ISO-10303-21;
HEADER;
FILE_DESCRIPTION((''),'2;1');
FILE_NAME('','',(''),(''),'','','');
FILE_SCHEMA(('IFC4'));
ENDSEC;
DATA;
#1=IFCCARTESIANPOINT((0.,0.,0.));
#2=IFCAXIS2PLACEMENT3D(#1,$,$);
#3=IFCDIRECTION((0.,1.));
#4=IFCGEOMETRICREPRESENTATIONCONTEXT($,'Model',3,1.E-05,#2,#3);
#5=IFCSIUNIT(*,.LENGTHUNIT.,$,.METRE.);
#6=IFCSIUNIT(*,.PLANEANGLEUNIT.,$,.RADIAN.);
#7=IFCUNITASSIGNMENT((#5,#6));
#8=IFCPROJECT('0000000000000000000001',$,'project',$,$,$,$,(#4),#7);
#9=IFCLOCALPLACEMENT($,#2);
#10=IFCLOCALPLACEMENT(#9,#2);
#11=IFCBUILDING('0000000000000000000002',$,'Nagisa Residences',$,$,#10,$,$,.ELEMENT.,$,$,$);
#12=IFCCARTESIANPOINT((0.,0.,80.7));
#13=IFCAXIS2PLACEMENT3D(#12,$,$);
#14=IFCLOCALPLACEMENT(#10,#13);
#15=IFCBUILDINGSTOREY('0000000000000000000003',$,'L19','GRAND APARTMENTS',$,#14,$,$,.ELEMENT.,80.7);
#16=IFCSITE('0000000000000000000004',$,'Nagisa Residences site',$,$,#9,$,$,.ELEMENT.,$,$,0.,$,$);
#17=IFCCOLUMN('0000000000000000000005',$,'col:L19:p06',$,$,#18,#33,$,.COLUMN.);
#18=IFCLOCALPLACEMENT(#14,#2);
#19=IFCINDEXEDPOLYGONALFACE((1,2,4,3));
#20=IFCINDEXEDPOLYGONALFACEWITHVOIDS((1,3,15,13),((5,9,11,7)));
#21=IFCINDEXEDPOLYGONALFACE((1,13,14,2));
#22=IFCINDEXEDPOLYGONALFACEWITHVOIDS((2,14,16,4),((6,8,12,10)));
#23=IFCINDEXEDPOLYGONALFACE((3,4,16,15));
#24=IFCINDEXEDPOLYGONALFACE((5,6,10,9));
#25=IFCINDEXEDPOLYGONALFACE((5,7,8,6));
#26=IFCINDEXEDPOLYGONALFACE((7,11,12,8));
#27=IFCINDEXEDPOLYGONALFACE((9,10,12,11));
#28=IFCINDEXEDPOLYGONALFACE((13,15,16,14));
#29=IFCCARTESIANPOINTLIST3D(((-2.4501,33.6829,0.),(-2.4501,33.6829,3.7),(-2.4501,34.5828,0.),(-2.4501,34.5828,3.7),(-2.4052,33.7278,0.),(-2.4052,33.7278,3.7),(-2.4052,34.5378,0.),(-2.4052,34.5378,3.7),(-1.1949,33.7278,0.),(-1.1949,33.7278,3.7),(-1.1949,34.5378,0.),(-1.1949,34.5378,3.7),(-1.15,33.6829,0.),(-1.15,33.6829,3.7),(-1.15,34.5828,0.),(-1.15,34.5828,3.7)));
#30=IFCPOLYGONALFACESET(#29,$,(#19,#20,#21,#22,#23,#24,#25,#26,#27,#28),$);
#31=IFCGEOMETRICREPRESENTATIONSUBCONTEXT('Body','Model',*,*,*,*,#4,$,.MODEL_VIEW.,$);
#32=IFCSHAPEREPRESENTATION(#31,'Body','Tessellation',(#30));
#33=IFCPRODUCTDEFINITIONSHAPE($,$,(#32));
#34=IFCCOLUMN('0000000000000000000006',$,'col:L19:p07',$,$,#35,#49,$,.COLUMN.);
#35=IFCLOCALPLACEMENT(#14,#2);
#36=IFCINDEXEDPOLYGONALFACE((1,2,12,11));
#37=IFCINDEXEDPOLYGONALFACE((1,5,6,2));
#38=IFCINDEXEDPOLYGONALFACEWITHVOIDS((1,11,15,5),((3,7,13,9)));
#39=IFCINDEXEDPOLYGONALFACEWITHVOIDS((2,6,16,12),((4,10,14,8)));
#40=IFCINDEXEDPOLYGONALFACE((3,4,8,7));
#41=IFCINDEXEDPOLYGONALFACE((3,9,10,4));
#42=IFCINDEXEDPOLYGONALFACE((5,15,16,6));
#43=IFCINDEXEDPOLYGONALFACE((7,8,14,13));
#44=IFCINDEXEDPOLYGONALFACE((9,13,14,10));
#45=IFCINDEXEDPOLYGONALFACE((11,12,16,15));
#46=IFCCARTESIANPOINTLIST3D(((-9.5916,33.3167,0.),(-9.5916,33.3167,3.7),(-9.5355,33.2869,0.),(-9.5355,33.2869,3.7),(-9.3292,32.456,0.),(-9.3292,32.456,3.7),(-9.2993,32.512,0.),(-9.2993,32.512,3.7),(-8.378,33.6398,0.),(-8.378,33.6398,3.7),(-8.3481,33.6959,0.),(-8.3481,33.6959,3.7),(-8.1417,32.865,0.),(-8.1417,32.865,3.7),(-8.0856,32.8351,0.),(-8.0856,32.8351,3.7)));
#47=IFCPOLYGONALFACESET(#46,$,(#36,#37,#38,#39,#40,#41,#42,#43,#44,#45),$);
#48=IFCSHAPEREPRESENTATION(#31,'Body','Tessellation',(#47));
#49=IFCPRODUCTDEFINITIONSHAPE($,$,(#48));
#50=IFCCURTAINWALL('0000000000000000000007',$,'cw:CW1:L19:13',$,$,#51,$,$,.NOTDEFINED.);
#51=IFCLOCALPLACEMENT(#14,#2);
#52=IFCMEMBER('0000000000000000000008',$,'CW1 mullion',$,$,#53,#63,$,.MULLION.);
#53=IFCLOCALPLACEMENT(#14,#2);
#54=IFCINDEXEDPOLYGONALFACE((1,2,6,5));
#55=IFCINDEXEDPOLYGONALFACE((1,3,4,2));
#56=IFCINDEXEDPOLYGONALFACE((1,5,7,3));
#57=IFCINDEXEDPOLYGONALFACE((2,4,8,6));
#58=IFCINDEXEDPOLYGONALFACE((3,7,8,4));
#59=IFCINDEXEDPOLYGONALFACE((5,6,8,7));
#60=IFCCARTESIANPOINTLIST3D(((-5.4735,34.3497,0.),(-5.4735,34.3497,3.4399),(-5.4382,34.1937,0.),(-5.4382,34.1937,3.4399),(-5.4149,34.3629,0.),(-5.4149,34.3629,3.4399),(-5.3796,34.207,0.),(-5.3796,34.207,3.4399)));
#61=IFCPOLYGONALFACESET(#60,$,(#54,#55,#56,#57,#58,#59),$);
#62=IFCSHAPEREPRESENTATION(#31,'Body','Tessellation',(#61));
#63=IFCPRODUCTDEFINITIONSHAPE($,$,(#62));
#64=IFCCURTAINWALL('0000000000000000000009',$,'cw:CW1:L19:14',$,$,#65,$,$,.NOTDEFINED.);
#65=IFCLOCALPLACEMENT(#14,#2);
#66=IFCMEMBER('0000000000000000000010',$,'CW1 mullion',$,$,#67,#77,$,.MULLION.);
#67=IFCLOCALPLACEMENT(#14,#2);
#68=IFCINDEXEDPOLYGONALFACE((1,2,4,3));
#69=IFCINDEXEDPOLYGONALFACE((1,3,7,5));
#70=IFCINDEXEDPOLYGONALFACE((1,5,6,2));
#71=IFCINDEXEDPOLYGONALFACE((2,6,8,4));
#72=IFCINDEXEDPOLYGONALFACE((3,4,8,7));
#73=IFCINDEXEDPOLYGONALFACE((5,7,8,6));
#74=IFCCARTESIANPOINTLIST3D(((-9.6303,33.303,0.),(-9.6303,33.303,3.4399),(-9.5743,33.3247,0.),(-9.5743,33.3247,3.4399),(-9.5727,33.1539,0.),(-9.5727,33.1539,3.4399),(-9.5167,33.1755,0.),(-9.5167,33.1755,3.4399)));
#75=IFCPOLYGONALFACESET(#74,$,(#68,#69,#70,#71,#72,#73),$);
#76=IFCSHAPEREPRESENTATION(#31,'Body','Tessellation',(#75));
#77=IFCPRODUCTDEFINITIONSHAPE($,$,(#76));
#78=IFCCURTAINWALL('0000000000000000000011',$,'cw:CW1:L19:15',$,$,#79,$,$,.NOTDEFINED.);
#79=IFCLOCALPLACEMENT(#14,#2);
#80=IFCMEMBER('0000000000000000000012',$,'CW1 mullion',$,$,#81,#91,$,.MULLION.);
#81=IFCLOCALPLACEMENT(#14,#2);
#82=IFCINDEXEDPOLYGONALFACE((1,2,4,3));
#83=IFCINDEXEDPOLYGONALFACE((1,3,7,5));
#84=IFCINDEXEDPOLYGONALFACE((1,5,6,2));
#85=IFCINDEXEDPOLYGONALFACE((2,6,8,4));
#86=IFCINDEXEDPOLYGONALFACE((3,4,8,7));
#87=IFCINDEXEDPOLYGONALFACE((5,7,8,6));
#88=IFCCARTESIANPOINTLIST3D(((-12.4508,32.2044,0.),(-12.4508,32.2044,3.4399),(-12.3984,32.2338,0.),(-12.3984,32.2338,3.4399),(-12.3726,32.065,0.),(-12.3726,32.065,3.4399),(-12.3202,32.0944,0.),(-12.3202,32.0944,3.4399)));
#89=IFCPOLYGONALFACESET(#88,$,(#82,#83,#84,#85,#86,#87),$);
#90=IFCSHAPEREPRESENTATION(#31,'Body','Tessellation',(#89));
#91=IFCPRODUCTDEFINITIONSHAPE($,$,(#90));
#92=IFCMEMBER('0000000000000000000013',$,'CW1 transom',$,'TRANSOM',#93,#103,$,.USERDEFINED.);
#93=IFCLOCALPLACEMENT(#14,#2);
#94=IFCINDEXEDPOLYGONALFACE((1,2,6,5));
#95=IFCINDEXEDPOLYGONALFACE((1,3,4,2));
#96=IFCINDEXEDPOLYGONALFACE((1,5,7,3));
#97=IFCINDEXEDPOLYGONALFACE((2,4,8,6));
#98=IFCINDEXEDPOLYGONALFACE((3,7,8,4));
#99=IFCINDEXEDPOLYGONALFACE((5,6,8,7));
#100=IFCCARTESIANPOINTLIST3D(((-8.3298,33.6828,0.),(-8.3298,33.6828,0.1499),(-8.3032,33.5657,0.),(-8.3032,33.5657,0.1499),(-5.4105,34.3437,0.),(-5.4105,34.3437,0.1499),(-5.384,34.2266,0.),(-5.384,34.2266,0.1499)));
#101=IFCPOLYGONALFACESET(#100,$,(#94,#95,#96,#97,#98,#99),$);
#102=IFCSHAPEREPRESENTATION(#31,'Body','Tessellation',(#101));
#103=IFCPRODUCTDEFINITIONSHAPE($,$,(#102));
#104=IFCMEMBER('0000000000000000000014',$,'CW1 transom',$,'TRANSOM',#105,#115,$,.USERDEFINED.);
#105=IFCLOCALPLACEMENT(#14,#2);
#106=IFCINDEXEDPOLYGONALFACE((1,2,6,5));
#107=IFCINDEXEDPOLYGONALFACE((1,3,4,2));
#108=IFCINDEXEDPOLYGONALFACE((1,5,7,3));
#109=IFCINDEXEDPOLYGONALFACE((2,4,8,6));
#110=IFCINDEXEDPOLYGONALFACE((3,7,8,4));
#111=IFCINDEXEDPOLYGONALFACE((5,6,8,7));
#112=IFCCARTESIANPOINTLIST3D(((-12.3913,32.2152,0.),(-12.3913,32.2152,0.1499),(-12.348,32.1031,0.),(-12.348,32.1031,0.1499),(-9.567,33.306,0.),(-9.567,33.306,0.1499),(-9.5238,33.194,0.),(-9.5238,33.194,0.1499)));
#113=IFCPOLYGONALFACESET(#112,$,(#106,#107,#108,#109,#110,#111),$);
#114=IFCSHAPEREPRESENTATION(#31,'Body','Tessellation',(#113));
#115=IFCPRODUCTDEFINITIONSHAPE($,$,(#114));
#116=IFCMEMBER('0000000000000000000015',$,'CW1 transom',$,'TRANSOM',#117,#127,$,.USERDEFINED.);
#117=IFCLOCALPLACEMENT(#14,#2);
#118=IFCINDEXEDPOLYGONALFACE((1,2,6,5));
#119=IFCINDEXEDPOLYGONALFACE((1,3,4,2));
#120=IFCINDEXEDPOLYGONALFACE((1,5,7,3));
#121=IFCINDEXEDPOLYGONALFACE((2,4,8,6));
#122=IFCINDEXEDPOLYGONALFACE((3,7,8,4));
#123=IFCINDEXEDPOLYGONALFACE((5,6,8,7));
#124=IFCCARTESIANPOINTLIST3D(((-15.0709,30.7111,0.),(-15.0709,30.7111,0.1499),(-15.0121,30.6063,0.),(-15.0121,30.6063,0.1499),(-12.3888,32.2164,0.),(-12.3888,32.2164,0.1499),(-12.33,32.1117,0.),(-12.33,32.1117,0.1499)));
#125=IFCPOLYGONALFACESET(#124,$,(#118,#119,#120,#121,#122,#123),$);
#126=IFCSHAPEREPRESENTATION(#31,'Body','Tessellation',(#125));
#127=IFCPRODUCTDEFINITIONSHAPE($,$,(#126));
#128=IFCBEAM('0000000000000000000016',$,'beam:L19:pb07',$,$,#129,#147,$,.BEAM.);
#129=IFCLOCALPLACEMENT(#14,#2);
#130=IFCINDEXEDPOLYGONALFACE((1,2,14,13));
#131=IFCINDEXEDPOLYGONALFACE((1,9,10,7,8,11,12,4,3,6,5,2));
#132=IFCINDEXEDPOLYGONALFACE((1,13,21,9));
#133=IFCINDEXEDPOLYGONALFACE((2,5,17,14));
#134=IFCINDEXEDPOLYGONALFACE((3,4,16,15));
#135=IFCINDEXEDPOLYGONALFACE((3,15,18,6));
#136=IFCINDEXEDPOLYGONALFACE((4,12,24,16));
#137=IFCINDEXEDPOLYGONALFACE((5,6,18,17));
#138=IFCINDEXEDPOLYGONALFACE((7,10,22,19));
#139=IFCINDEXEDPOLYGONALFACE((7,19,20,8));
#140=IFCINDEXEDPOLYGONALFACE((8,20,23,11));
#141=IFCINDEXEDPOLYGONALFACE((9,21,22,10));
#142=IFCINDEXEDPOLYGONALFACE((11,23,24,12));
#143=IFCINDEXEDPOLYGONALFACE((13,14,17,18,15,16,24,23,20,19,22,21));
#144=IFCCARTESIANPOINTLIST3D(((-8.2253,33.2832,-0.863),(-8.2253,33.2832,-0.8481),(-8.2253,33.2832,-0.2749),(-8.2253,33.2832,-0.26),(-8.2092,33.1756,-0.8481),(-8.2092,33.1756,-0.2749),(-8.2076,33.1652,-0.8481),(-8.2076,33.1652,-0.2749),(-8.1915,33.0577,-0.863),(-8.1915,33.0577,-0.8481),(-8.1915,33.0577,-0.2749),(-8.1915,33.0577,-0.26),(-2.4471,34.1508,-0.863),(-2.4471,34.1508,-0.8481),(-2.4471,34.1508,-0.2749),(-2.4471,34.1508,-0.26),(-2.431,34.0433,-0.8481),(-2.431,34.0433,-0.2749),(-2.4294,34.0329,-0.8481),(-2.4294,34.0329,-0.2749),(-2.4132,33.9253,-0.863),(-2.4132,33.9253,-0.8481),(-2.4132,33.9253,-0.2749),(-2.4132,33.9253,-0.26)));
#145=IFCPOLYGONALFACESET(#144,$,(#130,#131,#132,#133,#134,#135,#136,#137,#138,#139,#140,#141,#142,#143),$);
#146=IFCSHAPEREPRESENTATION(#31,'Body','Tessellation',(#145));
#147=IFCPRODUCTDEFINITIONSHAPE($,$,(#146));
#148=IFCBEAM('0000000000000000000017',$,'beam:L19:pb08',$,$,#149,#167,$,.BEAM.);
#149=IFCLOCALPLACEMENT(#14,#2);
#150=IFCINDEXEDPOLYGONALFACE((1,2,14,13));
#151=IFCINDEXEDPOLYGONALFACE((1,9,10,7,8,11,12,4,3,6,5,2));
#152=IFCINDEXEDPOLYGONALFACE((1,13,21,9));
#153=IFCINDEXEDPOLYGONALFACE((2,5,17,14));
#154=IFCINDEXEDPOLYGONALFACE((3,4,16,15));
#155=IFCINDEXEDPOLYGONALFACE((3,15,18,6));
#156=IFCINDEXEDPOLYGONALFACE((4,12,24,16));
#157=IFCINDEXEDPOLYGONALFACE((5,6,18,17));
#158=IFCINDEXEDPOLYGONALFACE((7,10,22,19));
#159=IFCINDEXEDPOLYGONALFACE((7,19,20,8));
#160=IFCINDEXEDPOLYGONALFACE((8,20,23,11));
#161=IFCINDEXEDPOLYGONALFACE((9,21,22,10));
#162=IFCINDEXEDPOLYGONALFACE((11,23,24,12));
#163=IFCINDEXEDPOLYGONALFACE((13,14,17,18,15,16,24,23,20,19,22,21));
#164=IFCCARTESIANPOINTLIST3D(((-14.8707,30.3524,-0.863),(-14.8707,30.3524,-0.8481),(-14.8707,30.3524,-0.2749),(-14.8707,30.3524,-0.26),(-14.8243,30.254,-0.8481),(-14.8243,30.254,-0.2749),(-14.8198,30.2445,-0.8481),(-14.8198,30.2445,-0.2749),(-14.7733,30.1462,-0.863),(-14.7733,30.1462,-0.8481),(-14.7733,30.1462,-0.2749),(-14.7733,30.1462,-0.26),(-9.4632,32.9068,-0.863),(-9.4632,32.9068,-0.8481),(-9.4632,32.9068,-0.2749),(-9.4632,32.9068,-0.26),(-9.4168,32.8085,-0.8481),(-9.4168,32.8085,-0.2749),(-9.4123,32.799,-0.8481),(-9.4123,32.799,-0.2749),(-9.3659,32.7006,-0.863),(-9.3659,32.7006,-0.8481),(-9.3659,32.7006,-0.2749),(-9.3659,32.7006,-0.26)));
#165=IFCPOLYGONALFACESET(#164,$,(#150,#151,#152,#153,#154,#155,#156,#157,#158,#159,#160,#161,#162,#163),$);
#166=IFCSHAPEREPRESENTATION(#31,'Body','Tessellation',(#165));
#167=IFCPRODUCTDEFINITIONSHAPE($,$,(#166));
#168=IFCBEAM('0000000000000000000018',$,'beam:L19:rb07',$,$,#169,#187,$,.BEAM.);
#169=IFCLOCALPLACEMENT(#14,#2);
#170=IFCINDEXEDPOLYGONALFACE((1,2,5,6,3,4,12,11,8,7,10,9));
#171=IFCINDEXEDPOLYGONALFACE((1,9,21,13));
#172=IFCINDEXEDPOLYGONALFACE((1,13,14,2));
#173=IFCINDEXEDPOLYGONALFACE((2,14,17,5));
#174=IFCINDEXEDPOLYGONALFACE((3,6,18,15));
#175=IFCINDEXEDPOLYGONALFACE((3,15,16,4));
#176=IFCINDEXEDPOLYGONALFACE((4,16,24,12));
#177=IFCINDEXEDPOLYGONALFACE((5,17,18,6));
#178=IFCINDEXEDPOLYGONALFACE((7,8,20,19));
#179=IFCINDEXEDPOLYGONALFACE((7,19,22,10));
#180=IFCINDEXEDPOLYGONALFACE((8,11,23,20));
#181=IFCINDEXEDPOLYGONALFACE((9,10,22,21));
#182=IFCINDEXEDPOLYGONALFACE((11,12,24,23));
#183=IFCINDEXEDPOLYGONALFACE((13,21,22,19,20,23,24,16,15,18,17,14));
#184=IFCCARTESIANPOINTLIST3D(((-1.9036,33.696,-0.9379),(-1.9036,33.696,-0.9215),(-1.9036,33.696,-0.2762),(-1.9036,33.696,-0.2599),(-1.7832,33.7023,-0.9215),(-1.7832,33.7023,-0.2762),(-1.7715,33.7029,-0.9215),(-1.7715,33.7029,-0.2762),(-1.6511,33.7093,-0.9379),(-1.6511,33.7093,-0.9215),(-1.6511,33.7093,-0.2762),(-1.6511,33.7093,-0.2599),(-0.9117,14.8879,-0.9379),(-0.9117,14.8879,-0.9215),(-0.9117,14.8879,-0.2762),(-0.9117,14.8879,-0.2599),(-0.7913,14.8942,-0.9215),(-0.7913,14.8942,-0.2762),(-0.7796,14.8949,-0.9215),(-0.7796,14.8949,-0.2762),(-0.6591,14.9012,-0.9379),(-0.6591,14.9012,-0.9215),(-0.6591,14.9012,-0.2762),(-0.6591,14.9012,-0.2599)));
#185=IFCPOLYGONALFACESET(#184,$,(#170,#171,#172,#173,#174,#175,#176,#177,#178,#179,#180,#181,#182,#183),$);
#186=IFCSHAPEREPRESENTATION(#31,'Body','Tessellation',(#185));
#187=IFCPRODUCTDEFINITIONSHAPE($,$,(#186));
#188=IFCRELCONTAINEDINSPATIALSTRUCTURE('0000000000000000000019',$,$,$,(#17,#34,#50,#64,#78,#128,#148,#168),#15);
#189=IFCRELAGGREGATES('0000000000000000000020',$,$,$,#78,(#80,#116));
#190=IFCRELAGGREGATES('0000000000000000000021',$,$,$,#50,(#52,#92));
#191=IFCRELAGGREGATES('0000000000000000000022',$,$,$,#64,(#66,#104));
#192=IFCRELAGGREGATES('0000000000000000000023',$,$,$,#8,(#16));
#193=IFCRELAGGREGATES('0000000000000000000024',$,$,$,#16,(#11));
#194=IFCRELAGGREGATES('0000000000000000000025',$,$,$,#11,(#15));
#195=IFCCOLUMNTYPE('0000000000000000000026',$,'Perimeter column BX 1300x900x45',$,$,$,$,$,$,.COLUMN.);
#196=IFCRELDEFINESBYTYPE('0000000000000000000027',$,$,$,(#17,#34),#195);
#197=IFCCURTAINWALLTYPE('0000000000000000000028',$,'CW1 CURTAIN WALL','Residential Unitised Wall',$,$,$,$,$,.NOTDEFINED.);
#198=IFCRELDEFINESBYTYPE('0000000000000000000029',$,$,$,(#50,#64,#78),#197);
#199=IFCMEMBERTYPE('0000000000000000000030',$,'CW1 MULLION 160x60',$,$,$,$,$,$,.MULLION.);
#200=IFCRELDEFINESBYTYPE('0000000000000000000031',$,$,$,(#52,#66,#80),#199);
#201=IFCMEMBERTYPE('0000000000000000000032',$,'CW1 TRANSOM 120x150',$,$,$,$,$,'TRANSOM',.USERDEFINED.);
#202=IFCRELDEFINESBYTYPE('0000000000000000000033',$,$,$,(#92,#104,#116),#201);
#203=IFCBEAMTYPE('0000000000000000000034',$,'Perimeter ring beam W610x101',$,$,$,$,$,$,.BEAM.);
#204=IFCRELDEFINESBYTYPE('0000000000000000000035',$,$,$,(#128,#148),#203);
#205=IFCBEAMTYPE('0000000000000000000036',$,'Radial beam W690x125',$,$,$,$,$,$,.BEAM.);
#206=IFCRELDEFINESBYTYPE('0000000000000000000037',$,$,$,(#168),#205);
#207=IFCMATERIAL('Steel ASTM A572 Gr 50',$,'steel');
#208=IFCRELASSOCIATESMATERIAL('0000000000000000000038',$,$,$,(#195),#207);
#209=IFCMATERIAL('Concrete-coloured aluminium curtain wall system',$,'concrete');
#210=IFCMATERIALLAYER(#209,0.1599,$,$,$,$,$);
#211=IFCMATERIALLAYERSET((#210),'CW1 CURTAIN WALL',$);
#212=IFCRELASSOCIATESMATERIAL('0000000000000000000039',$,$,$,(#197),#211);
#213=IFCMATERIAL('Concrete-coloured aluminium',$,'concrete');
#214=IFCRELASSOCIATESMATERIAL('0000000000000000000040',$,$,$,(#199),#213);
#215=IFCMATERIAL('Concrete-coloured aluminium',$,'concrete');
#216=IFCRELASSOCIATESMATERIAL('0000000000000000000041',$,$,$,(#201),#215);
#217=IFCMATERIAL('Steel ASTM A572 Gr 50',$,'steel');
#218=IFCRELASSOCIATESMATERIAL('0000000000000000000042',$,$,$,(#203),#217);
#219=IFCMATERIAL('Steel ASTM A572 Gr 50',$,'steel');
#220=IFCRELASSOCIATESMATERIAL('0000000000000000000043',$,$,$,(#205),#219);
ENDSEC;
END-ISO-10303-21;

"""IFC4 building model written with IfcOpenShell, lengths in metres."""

from ifc_helpers import new_model, si_unit, direction, frame, origin, origin_2d, place, context, subcontext, project, spatial, rectangle, hollow_rectangle, i_section, extrude, material, layer, layer_set, material_profile, profile_set, type_object, element, aggregate, save


model = new_model("IFC4")

# Units and contexts
model_context = context("Model", 3, precision=1e-05, world=origin(), true_north=direction((0.0, 1.0)))
body_context = subcontext(model_context, "Body", "Model", "MODEL_VIEW")
ifc_project = project(units=[si_unit("LENGTHUNIT", "METRE"), si_unit("PLANEANGLEUNIT", "RADIAN")], contexts=[model_context])

# Site, building, storey
site_placement = place(None, origin())
site = spatial("IfcSite", under=ifc_project, at=site_placement, Name="Nagisa Residences site", CompositionType="ELEMENT", RefElevation=0.0)
building_placement = place(site_placement, origin())
building = spatial("IfcBuilding", under=site, at=building_placement, Name="Nagisa Residences", CompositionType="ELEMENT")
storey_placement = place(building_placement, frame((0.0, 0.0, 80.7)))
storey = spatial("IfcBuildingStorey", under=building, at=storey_placement, Name="L19", Description="GRAND APARTMENTS", CompositionType="ELEMENT", Elevation=80.7)

# Columns
ifc_material_1 = material(Name="Steel ASTM A572 Gr 50", Category="steel")
ifc_material_profile_1 = material_profile(ifc_material_1, hollow_rectangle(XDim=1.3, YDim=0.8999, WallThickness=0.0449, at=origin_2d()), Name="BX 1300x900x45")
ifc_profile_set_1 = profile_set([ifc_material_profile_1], Name="Steel ASTM A572 Gr 50")
column_type = type_object("IfcColumnType", Name="Perimeter column BX 1300x900x45", PredefinedType="COLUMN", material=ifc_profile_set_1)
for number, where, z_axis, x_axis, name in (
    (1, (-1.8, 34.1328, 0.0), (0.0, 0.0, 1.0), (-1.0, 0.0, 0.0), "col:L19:p06"),
    (2, (-8.8386, 33.0759, 0.0), (0.0, 0.0, 1.0), (-0.956525, -0.291652, 0.0), "col:L19:p07"),
):
    element("IfcColumn", number, at=place(storey_placement, frame(where, z_axis=z_axis, x_axis=x_axis)), inside=storey, type_object=column_type, Name=name, PredefinedType="COLUMN", context=body_context, shape_type="SweptSolid", body=[
        extrude(hollow_rectangle(XDim=1.3, YDim=0.8999, WallThickness=0.0449, at=origin_2d()), origin(), (0.0, 0.0, 1.0), 3.7),
    ])

# Curtain walls, members
ifc_material_2 = material(Name="Concrete-coloured aluminium curtain wall system", Category="concrete")
ifc_layer_1 = layer(ifc_material_2, 0.1599)
ifc_layer_set_1 = layer_set([ifc_layer_1], Name="CW1 CURTAIN WALL")
curtain_wall_type = type_object("IfcCurtainWallType", Name="CW1 CURTAIN WALL", Description="Residential Unitised Wall", PredefinedType="NOTDEFINED", material=ifc_layer_set_1)
curtain_wall_1_placement = place(storey_placement, origin())
curtain_wall_1 = element("IfcCurtainWall", 3, at=curtain_wall_1_placement, inside=storey, type_object=curtain_wall_type, Name="cw:CW1:L19:13", PredefinedType="NOTDEFINED")
ifc_material_3 = material(Name="Concrete-coloured aluminium", Category="concrete")
ifc_material_profile_2 = material_profile(ifc_material_3, rectangle(XDim=0.1599, YDim=0.0601, at=origin_2d()), Name="CW1 MULLION 160x60")
ifc_profile_set_2 = profile_set([ifc_material_profile_2], Name="Concrete-coloured aluminium")
member_type_1 = type_object("IfcMemberType", Name="CW1 MULLION 160x60", PredefinedType="MULLION", material=ifc_profile_set_2)
member_1_placement = place(storey_placement, frame((-5.4265, 34.2783, 0.0), z_axis=(0.0, 0.0, 1.0), x_axis=(0.220764, -0.975327, 0.0)))
member_1 = element("IfcMember", 4, at=member_1_placement, type_object=member_type_1, Name="CW1 mullion", PredefinedType="MULLION", context=body_context, shape_type="SweptSolid", body=[
    extrude(rectangle(XDim=0.1599, YDim=0.0601, at=origin_2d()), origin(), (0.0, 0.0, 1.0), 3.4399),
])
curtain_wall_2_placement = place(storey_placement, origin())
curtain_wall_2 = element("IfcCurtainWall", 5, at=curtain_wall_2_placement, inside=storey, type_object=curtain_wall_type, Name="cw:CW1:L19:14", PredefinedType="NOTDEFINED")
member_2_placement = place(storey_placement, frame((-9.5735, 33.2393, 0.0), z_axis=(0.0, 0.0, 1.0), x_axis=(0.360328, -0.932826, 0.0)))
member_2 = element("IfcMember", 6, at=member_2_placement, type_object=member_type_1, Name="CW1 mullion", PredefinedType="MULLION", context=body_context, shape_type="SweptSolid", body=[
    extrude(rectangle(XDim=0.1599, YDim=0.0601, at=origin_2d()), origin(), (0.0, 0.0, 1.0), 3.4399),
])
curtain_wall_3_placement = place(storey_placement, origin())
curtain_wall_3 = element("IfcCurtainWall", 7, at=curtain_wall_3_placement, inside=storey, type_object=curtain_wall_type, Name="cw:CW1:L19:15", PredefinedType="NOTDEFINED")
member_3_placement = place(storey_placement, frame((-12.3855, 32.1494, 0.0), z_axis=(0.0, 0.0, 1.0), x_axis=(0.489377, -0.872072, 0.0)))
member_3 = element("IfcMember", 8, at=member_3_placement, type_object=member_type_1, Name="CW1 mullion", PredefinedType="MULLION", context=body_context, shape_type="SweptSolid", body=[
    extrude(rectangle(XDim=0.1599, YDim=0.0601, at=origin_2d()), origin(), (0.0, 0.0, 1.0), 3.4399),
])

# Members
ifc_material_4 = material(Name="Concrete-coloured aluminium", Category="concrete")
ifc_material_profile_3 = material_profile(ifc_material_4, rectangle(XDim=0.1201, YDim=0.1499, at=origin_2d()), Name="CW1 TRANSOM 120x150")
ifc_profile_set_3 = profile_set([ifc_material_profile_3], Name="Concrete-coloured aluminium")
member_type_2 = type_object("IfcMemberType", Name="CW1 TRANSOM 120x150", ElementType="TRANSOM", PredefinedType="USERDEFINED", material=ifc_profile_set_3)
member_4_placement = place(storey_placement, frame((-5.3972, 34.2852, 0.075), z_axis=(-0.975318, -0.220807, 0.0), x_axis=(0.220807, -0.975318, 0.0)))
member_4 = element("IfcMember", 9, at=member_4_placement, type_object=member_type_2, Name="CW1 transom", ObjectType="TRANSOM", PredefinedType="USERDEFINED", context=body_context, shape_type="SweptSolid", body=[
    extrude(rectangle(XDim=0.1201, YDim=0.1499, at=origin_2d()), origin(), (0.0, 0.0, 1.0), 2.9932),
])
member_5_placement = place(storey_placement, frame((-9.5454, 33.25, 0.075), z_axis=(-0.932838, -0.360297, 0.0), x_axis=(0.360297, -0.932838, 0.0)))
member_5 = element("IfcMember", 10, at=member_5_placement, type_object=member_type_2, Name="CW1 transom", ObjectType="TRANSOM", PredefinedType="USERDEFINED", context=body_context, shape_type="SweptSolid", body=[
    extrude(rectangle(XDim=0.1201, YDim=0.1499, at=origin_2d()), origin(), (0.0, 0.0, 1.0), 3.0276),
])
member_6_placement = place(storey_placement, frame((-12.3594, 32.1641, 0.075), z_axis=(-0.872037, -0.489439, 0.0), x_axis=(0.489439, -0.872037, 0.0)))
member_6 = element("IfcMember", 11, at=member_6_placement, type_object=member_type_2, Name="CW1 transom", ObjectType="TRANSOM", PredefinedType="USERDEFINED", context=body_context, shape_type="SweptSolid", body=[
    extrude(rectangle(XDim=0.1201, YDim=0.1499, at=origin_2d()), origin(), (0.0, 0.0, 1.0), 3.0757),
])
aggregate(curtain_wall_3, [member_3, member_6])

# Beams
ifc_material_5 = material(Name="Steel ASTM A572 Gr 50", Category="steel")
ifc_material_profile_4 = material_profile(ifc_material_5, i_section(OverallWidth=0.228, OverallDepth=0.603, WebThickness=0.0105, FlangeThickness=0.0149, at=origin_2d()), Name="W610x101")
ifc_profile_set_4 = profile_set([ifc_material_profile_4], Name="Steel ASTM A572 Gr 50")
beam_type_1 = type_object("IfcBeamType", Name="Perimeter ring beam W610x101", PredefinedType="BEAM", material=ifc_profile_set_4)
beam_1_placement = place(storey_placement, frame((-2.4302, 34.0381, -0.5615), z_axis=(-0.988913, -0.148496, 0.0), x_axis=(0.148496, -0.988913, 0.0)))
element("IfcBeam", 12, at=beam_1_placement, inside=storey, type_object=beam_type_1, Name="beam:L19:pb07", PredefinedType="BEAM", context=body_context, shape_type="SweptSolid", body=[
    extrude(i_section(OverallWidth=0.228, OverallDepth=0.603, WebThickness=0.0105, FlangeThickness=0.0149, at=origin_2d()), origin(), (0.0, 0.0, 1.0), 5.843),
])
beam_2_placement = place(storey_placement, frame((-9.4146, 32.8037, -0.5615), z_axis=(-0.90419, -0.427131, 0.0), x_axis=(0.427131, -0.90419, 0.0)))
element("IfcBeam", 13, at=beam_2_placement, inside=storey, type_object=beam_type_1, Name="beam:L19:pb08", PredefinedType="BEAM", context=body_context, shape_type="SweptSolid", body=[
    extrude(i_section(OverallWidth=0.228, OverallDepth=0.603, WebThickness=0.0105, FlangeThickness=0.0149, at=origin_2d()), origin(), (0.0, 0.0, 1.0), 5.9805),
])
ifc_material_6 = material(Name="Steel ASTM A572 Gr 50", Category="steel")
ifc_material_profile_5 = material_profile(ifc_material_6, i_section(OverallWidth=0.2529, OverallDepth=0.678, WebThickness=0.0117, FlangeThickness=0.0164, at=origin_2d()), Name="W690x125")
ifc_profile_set_5 = profile_set([ifc_material_profile_5], Name="Steel ASTM A572 Gr 50")
beam_type_2 = type_object("IfcBeamType", Name="Radial beam W690x125", PredefinedType="BEAM", material=ifc_profile_set_5)
beam_3_placement = place(storey_placement, frame((-1.7773, 33.7026, -0.5989), z_axis=(0.052667, -0.998612, 0.0), x_axis=(0.998612, 0.052667, 0.0)))
element("IfcBeam", 14, at=beam_3_placement, inside=storey, type_object=beam_type_2, Name="beam:L19:rb07", PredefinedType="BEAM", context=body_context, shape_type="SweptSolid", body=[
    extrude(i_section(OverallWidth=0.2529, OverallDepth=0.678, WebThickness=0.0117, FlangeThickness=0.0164, at=origin_2d()), origin(), (0.0, 0.0, 1.0), 18.8342),
])

aggregate(curtain_wall_1, [member_1, member_4])
aggregate(curtain_wall_2, [member_2, member_5])

save(model, "model.ifc")
